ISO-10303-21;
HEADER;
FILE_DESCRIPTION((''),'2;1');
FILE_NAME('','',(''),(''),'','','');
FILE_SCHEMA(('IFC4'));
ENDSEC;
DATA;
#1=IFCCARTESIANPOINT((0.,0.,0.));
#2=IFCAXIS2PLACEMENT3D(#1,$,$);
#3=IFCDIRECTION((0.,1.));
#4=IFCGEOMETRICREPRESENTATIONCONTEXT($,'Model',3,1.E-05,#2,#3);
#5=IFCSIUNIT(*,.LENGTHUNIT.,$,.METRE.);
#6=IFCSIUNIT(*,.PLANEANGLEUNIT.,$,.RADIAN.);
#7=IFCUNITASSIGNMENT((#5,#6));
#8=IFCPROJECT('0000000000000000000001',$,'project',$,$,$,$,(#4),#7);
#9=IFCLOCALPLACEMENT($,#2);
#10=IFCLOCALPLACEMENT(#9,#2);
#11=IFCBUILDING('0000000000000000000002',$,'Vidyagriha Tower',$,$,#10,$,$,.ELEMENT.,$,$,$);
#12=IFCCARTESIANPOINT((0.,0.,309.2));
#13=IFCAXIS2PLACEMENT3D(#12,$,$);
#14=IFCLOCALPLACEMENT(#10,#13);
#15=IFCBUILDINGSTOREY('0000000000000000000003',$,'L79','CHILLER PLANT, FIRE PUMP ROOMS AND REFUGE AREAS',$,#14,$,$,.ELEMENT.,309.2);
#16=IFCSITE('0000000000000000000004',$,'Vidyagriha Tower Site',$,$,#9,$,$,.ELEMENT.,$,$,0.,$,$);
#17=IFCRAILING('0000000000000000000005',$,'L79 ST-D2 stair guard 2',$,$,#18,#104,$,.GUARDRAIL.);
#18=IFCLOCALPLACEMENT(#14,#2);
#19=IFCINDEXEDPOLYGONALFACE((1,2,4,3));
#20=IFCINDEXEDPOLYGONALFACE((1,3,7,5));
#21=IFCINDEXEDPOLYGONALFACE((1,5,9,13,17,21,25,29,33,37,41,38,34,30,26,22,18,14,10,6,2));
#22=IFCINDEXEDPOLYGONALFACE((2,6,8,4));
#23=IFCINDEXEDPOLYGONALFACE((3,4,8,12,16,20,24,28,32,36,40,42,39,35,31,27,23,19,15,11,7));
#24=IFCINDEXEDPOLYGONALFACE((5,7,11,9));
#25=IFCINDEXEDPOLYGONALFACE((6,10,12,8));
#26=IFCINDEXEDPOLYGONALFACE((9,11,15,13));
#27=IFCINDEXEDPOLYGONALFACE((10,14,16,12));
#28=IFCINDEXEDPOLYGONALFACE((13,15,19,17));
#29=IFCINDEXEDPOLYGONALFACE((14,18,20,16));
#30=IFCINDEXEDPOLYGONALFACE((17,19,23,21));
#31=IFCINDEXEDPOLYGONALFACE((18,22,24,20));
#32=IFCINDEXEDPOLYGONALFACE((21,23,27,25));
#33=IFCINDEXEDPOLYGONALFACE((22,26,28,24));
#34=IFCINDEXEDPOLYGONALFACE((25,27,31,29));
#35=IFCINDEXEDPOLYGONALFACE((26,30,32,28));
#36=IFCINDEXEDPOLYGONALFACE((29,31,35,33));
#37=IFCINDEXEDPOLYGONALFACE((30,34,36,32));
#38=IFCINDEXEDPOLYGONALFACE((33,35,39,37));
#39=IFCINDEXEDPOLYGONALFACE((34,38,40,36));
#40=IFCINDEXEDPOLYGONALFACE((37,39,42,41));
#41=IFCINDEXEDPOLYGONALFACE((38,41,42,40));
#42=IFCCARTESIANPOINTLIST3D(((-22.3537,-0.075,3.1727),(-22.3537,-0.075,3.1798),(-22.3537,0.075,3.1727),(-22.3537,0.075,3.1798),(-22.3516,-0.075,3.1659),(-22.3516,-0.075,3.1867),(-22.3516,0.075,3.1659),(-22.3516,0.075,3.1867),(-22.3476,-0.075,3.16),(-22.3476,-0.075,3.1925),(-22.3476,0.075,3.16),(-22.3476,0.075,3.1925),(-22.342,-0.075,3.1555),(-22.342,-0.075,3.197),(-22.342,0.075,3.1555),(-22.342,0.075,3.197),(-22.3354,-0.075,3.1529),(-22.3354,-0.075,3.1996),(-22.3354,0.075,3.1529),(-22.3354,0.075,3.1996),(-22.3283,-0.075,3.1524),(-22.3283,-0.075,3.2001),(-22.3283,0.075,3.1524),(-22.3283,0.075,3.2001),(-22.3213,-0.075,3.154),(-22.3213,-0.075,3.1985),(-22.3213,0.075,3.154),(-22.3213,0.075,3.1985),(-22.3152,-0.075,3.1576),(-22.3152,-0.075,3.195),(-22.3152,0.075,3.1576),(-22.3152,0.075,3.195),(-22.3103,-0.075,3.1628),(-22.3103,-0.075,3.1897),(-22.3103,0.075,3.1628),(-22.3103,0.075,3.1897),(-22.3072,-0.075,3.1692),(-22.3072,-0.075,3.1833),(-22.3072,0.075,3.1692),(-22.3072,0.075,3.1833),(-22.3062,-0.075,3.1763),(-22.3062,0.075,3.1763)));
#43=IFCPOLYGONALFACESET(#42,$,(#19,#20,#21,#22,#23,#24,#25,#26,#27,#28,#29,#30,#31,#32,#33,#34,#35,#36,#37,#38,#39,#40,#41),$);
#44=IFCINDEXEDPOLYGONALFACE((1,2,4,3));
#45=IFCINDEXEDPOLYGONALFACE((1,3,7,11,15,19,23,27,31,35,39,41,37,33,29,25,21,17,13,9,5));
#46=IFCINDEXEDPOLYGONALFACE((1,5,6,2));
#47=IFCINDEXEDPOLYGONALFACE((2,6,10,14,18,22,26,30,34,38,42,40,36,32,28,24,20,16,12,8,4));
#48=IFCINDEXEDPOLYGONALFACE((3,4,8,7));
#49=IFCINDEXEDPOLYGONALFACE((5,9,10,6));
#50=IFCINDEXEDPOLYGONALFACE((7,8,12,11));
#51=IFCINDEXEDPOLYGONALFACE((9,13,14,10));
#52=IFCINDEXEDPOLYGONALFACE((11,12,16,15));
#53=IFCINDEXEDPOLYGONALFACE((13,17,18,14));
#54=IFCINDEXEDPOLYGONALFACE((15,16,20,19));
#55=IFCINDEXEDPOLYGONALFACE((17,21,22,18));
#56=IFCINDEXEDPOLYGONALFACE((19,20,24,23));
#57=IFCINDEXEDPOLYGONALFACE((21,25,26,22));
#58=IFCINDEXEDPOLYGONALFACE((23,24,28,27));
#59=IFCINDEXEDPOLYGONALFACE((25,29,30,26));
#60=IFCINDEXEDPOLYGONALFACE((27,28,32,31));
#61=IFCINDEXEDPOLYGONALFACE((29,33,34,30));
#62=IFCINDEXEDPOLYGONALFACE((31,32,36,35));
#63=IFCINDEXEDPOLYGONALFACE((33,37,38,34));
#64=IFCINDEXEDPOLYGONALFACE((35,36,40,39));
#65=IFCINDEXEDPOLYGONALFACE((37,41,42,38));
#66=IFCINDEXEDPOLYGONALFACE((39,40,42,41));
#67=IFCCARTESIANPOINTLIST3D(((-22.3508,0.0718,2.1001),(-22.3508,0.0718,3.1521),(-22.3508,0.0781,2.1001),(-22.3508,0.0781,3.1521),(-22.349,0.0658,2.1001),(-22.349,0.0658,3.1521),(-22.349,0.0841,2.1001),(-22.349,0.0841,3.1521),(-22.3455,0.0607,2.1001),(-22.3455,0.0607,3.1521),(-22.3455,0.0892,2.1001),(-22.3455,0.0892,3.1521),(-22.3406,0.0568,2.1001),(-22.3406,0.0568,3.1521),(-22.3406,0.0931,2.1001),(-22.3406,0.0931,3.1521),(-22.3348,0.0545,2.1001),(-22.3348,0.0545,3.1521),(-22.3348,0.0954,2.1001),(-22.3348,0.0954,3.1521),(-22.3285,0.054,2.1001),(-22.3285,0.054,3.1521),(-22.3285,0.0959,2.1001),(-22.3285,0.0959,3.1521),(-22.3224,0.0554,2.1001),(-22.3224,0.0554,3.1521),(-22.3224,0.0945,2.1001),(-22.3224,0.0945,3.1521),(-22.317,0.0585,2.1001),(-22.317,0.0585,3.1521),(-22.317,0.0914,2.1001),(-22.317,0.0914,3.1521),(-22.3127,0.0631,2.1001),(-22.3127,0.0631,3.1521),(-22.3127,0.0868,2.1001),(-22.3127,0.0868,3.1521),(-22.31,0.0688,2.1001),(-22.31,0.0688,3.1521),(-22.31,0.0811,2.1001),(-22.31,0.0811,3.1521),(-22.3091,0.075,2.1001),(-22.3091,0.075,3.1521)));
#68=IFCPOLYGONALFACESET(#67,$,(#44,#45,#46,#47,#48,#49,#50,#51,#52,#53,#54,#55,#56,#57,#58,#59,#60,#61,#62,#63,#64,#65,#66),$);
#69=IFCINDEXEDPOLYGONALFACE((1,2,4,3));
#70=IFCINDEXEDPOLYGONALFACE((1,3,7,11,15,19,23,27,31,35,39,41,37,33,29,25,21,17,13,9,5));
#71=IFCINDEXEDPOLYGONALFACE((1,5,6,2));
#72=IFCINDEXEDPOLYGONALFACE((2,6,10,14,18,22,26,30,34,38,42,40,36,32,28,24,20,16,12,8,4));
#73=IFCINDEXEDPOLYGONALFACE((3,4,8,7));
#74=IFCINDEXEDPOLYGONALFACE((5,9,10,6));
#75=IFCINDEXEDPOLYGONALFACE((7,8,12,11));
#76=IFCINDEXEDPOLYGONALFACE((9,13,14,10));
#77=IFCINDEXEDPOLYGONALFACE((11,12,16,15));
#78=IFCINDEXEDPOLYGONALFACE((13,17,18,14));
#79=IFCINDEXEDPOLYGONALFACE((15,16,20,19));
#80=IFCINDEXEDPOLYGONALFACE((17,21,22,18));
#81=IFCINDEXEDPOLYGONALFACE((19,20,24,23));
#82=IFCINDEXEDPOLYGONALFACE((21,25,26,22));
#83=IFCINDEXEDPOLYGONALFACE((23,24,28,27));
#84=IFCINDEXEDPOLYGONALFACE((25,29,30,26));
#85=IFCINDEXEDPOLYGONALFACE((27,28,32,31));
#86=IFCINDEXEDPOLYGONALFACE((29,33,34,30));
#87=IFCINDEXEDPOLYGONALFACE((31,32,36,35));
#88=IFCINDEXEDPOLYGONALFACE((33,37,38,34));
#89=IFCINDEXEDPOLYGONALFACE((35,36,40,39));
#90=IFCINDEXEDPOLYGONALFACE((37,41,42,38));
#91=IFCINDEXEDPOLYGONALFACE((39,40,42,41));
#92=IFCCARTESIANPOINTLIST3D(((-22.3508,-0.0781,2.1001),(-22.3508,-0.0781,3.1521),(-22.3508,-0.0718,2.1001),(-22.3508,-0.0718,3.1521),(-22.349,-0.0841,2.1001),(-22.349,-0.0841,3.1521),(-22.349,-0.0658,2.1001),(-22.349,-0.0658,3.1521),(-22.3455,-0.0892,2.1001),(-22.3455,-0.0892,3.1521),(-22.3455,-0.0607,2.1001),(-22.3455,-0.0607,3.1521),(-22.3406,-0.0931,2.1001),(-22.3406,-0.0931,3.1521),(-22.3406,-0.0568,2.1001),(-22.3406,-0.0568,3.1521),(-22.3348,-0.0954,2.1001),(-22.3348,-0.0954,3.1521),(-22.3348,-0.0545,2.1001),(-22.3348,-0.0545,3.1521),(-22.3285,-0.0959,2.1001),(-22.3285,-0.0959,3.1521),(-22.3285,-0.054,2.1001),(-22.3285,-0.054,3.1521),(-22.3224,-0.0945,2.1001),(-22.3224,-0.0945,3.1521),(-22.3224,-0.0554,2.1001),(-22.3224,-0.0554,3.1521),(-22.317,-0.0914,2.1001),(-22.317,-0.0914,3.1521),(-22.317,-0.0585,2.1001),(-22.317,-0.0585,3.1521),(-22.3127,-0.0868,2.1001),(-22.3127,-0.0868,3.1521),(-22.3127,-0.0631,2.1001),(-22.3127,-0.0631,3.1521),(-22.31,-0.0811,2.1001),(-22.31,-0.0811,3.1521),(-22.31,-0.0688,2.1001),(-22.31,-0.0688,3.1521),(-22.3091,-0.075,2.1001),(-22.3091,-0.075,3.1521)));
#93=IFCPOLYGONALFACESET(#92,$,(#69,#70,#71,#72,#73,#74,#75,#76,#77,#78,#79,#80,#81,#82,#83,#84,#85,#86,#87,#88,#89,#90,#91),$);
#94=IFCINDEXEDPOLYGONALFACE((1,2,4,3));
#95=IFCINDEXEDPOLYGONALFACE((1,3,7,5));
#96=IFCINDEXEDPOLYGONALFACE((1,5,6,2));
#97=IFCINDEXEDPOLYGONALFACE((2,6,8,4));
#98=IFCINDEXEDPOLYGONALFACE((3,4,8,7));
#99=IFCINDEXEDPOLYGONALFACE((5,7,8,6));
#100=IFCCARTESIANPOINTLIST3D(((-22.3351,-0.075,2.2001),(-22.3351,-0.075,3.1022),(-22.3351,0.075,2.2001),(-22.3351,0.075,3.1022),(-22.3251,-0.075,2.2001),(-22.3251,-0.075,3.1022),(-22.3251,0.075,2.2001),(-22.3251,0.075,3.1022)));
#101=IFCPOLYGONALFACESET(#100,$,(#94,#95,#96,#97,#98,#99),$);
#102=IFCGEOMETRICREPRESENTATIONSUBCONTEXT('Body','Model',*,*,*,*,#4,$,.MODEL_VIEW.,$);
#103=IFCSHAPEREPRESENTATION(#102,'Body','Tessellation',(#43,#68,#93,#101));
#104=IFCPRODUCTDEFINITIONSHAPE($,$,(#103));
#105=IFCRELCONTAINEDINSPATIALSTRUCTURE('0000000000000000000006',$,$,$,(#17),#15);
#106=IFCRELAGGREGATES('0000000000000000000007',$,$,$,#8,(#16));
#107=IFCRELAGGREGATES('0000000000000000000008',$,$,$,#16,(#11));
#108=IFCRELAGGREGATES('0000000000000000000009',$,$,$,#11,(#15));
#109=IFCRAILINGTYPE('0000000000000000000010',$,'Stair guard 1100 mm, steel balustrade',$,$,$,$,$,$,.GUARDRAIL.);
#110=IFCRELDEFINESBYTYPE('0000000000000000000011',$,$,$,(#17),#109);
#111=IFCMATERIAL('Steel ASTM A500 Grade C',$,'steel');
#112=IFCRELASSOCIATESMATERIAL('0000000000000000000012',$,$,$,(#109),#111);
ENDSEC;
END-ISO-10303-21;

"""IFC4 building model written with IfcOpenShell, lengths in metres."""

from ifc_helpers import new_model, si_unit, direction, frame, origin, origin_2d, place, context, subcontext, project, spatial, rectangle, circle, extrude, material, type_object, element, save


model = new_model("IFC4")

# Units and contexts
model_context = context("Model", 3, precision=1e-05, world=origin(), true_north=direction((0.0, 1.0)))
body_context = subcontext(model_context, "Body", "Model", "MODEL_VIEW")
ifc_project = project(units=[si_unit("LENGTHUNIT", "METRE"), si_unit("PLANEANGLEUNIT", "RADIAN")], contexts=[model_context])

# Site, building, storey
site_placement = place(None, origin())
site = spatial("IfcSite", under=ifc_project, at=site_placement, Name="Vidyagriha Tower Site", CompositionType="ELEMENT", RefElevation=0.0)
building_placement = place(site_placement, origin())
building = spatial("IfcBuilding", under=site, at=building_placement, Name="Vidyagriha Tower", CompositionType="ELEMENT")
storey_placement = place(building_placement, frame((0.0, 0.0, 309.2)))
storey = spatial("IfcBuildingStorey", under=building, at=storey_placement, Name="L79", Description="CHILLER PLANT, FIRE PUMP ROOMS AND REFUGE AREAS", CompositionType="ELEMENT", Elevation=309.2)

# Railing
ifc_material_1 = material(Name="Steel ASTM A500 Grade C", Category="steel")
railing_type_1 = type_object("IfcRailingType", Name="Stair guard 1100 mm, steel balustrade", PredefinedType="GUARDRAIL", material=ifc_material_1)
railing_1_placement = place(storey_placement, frame((-22.3301, 0.075, 2.1001)))
element("IfcRailing", 1, at=railing_1_placement, inside=storey, type_object=railing_type_1, Name="L79 ST-D2 stair guard 2", PredefinedType="GUARDRAIL", context=body_context, shape_type="SweptSolid", body=[
    extrude(circle(Radius=0.0239, at=origin_2d()), frame((0.0, 0.0, 1.0762), z_axis=(0.0, -1.0, 0.0), x_axis=(1.0, 0.0, 0.0)), (0.0, 0.0, 1.0), 0.1499),
    extrude(circle(Radius=0.021, at=origin_2d()), origin(), (0.0, 0.0, 1.0), 1.052),
    extrude(circle(Radius=0.021, at=origin_2d()), frame((0.0, -0.1499, 0.0)), (0.0, 0.0, 1.0), 1.052),
    extrude(rectangle(XDim=0.01, YDim=0.9021, at=origin_2d()), frame((0.0, 0.0, 0.551), z_axis=(0.0, -1.0, 0.0), x_axis=(1.0, 0.0, 0.0)), (0.0, 0.0, 1.0), 0.1499),
])

save(model, "model.ifc")
